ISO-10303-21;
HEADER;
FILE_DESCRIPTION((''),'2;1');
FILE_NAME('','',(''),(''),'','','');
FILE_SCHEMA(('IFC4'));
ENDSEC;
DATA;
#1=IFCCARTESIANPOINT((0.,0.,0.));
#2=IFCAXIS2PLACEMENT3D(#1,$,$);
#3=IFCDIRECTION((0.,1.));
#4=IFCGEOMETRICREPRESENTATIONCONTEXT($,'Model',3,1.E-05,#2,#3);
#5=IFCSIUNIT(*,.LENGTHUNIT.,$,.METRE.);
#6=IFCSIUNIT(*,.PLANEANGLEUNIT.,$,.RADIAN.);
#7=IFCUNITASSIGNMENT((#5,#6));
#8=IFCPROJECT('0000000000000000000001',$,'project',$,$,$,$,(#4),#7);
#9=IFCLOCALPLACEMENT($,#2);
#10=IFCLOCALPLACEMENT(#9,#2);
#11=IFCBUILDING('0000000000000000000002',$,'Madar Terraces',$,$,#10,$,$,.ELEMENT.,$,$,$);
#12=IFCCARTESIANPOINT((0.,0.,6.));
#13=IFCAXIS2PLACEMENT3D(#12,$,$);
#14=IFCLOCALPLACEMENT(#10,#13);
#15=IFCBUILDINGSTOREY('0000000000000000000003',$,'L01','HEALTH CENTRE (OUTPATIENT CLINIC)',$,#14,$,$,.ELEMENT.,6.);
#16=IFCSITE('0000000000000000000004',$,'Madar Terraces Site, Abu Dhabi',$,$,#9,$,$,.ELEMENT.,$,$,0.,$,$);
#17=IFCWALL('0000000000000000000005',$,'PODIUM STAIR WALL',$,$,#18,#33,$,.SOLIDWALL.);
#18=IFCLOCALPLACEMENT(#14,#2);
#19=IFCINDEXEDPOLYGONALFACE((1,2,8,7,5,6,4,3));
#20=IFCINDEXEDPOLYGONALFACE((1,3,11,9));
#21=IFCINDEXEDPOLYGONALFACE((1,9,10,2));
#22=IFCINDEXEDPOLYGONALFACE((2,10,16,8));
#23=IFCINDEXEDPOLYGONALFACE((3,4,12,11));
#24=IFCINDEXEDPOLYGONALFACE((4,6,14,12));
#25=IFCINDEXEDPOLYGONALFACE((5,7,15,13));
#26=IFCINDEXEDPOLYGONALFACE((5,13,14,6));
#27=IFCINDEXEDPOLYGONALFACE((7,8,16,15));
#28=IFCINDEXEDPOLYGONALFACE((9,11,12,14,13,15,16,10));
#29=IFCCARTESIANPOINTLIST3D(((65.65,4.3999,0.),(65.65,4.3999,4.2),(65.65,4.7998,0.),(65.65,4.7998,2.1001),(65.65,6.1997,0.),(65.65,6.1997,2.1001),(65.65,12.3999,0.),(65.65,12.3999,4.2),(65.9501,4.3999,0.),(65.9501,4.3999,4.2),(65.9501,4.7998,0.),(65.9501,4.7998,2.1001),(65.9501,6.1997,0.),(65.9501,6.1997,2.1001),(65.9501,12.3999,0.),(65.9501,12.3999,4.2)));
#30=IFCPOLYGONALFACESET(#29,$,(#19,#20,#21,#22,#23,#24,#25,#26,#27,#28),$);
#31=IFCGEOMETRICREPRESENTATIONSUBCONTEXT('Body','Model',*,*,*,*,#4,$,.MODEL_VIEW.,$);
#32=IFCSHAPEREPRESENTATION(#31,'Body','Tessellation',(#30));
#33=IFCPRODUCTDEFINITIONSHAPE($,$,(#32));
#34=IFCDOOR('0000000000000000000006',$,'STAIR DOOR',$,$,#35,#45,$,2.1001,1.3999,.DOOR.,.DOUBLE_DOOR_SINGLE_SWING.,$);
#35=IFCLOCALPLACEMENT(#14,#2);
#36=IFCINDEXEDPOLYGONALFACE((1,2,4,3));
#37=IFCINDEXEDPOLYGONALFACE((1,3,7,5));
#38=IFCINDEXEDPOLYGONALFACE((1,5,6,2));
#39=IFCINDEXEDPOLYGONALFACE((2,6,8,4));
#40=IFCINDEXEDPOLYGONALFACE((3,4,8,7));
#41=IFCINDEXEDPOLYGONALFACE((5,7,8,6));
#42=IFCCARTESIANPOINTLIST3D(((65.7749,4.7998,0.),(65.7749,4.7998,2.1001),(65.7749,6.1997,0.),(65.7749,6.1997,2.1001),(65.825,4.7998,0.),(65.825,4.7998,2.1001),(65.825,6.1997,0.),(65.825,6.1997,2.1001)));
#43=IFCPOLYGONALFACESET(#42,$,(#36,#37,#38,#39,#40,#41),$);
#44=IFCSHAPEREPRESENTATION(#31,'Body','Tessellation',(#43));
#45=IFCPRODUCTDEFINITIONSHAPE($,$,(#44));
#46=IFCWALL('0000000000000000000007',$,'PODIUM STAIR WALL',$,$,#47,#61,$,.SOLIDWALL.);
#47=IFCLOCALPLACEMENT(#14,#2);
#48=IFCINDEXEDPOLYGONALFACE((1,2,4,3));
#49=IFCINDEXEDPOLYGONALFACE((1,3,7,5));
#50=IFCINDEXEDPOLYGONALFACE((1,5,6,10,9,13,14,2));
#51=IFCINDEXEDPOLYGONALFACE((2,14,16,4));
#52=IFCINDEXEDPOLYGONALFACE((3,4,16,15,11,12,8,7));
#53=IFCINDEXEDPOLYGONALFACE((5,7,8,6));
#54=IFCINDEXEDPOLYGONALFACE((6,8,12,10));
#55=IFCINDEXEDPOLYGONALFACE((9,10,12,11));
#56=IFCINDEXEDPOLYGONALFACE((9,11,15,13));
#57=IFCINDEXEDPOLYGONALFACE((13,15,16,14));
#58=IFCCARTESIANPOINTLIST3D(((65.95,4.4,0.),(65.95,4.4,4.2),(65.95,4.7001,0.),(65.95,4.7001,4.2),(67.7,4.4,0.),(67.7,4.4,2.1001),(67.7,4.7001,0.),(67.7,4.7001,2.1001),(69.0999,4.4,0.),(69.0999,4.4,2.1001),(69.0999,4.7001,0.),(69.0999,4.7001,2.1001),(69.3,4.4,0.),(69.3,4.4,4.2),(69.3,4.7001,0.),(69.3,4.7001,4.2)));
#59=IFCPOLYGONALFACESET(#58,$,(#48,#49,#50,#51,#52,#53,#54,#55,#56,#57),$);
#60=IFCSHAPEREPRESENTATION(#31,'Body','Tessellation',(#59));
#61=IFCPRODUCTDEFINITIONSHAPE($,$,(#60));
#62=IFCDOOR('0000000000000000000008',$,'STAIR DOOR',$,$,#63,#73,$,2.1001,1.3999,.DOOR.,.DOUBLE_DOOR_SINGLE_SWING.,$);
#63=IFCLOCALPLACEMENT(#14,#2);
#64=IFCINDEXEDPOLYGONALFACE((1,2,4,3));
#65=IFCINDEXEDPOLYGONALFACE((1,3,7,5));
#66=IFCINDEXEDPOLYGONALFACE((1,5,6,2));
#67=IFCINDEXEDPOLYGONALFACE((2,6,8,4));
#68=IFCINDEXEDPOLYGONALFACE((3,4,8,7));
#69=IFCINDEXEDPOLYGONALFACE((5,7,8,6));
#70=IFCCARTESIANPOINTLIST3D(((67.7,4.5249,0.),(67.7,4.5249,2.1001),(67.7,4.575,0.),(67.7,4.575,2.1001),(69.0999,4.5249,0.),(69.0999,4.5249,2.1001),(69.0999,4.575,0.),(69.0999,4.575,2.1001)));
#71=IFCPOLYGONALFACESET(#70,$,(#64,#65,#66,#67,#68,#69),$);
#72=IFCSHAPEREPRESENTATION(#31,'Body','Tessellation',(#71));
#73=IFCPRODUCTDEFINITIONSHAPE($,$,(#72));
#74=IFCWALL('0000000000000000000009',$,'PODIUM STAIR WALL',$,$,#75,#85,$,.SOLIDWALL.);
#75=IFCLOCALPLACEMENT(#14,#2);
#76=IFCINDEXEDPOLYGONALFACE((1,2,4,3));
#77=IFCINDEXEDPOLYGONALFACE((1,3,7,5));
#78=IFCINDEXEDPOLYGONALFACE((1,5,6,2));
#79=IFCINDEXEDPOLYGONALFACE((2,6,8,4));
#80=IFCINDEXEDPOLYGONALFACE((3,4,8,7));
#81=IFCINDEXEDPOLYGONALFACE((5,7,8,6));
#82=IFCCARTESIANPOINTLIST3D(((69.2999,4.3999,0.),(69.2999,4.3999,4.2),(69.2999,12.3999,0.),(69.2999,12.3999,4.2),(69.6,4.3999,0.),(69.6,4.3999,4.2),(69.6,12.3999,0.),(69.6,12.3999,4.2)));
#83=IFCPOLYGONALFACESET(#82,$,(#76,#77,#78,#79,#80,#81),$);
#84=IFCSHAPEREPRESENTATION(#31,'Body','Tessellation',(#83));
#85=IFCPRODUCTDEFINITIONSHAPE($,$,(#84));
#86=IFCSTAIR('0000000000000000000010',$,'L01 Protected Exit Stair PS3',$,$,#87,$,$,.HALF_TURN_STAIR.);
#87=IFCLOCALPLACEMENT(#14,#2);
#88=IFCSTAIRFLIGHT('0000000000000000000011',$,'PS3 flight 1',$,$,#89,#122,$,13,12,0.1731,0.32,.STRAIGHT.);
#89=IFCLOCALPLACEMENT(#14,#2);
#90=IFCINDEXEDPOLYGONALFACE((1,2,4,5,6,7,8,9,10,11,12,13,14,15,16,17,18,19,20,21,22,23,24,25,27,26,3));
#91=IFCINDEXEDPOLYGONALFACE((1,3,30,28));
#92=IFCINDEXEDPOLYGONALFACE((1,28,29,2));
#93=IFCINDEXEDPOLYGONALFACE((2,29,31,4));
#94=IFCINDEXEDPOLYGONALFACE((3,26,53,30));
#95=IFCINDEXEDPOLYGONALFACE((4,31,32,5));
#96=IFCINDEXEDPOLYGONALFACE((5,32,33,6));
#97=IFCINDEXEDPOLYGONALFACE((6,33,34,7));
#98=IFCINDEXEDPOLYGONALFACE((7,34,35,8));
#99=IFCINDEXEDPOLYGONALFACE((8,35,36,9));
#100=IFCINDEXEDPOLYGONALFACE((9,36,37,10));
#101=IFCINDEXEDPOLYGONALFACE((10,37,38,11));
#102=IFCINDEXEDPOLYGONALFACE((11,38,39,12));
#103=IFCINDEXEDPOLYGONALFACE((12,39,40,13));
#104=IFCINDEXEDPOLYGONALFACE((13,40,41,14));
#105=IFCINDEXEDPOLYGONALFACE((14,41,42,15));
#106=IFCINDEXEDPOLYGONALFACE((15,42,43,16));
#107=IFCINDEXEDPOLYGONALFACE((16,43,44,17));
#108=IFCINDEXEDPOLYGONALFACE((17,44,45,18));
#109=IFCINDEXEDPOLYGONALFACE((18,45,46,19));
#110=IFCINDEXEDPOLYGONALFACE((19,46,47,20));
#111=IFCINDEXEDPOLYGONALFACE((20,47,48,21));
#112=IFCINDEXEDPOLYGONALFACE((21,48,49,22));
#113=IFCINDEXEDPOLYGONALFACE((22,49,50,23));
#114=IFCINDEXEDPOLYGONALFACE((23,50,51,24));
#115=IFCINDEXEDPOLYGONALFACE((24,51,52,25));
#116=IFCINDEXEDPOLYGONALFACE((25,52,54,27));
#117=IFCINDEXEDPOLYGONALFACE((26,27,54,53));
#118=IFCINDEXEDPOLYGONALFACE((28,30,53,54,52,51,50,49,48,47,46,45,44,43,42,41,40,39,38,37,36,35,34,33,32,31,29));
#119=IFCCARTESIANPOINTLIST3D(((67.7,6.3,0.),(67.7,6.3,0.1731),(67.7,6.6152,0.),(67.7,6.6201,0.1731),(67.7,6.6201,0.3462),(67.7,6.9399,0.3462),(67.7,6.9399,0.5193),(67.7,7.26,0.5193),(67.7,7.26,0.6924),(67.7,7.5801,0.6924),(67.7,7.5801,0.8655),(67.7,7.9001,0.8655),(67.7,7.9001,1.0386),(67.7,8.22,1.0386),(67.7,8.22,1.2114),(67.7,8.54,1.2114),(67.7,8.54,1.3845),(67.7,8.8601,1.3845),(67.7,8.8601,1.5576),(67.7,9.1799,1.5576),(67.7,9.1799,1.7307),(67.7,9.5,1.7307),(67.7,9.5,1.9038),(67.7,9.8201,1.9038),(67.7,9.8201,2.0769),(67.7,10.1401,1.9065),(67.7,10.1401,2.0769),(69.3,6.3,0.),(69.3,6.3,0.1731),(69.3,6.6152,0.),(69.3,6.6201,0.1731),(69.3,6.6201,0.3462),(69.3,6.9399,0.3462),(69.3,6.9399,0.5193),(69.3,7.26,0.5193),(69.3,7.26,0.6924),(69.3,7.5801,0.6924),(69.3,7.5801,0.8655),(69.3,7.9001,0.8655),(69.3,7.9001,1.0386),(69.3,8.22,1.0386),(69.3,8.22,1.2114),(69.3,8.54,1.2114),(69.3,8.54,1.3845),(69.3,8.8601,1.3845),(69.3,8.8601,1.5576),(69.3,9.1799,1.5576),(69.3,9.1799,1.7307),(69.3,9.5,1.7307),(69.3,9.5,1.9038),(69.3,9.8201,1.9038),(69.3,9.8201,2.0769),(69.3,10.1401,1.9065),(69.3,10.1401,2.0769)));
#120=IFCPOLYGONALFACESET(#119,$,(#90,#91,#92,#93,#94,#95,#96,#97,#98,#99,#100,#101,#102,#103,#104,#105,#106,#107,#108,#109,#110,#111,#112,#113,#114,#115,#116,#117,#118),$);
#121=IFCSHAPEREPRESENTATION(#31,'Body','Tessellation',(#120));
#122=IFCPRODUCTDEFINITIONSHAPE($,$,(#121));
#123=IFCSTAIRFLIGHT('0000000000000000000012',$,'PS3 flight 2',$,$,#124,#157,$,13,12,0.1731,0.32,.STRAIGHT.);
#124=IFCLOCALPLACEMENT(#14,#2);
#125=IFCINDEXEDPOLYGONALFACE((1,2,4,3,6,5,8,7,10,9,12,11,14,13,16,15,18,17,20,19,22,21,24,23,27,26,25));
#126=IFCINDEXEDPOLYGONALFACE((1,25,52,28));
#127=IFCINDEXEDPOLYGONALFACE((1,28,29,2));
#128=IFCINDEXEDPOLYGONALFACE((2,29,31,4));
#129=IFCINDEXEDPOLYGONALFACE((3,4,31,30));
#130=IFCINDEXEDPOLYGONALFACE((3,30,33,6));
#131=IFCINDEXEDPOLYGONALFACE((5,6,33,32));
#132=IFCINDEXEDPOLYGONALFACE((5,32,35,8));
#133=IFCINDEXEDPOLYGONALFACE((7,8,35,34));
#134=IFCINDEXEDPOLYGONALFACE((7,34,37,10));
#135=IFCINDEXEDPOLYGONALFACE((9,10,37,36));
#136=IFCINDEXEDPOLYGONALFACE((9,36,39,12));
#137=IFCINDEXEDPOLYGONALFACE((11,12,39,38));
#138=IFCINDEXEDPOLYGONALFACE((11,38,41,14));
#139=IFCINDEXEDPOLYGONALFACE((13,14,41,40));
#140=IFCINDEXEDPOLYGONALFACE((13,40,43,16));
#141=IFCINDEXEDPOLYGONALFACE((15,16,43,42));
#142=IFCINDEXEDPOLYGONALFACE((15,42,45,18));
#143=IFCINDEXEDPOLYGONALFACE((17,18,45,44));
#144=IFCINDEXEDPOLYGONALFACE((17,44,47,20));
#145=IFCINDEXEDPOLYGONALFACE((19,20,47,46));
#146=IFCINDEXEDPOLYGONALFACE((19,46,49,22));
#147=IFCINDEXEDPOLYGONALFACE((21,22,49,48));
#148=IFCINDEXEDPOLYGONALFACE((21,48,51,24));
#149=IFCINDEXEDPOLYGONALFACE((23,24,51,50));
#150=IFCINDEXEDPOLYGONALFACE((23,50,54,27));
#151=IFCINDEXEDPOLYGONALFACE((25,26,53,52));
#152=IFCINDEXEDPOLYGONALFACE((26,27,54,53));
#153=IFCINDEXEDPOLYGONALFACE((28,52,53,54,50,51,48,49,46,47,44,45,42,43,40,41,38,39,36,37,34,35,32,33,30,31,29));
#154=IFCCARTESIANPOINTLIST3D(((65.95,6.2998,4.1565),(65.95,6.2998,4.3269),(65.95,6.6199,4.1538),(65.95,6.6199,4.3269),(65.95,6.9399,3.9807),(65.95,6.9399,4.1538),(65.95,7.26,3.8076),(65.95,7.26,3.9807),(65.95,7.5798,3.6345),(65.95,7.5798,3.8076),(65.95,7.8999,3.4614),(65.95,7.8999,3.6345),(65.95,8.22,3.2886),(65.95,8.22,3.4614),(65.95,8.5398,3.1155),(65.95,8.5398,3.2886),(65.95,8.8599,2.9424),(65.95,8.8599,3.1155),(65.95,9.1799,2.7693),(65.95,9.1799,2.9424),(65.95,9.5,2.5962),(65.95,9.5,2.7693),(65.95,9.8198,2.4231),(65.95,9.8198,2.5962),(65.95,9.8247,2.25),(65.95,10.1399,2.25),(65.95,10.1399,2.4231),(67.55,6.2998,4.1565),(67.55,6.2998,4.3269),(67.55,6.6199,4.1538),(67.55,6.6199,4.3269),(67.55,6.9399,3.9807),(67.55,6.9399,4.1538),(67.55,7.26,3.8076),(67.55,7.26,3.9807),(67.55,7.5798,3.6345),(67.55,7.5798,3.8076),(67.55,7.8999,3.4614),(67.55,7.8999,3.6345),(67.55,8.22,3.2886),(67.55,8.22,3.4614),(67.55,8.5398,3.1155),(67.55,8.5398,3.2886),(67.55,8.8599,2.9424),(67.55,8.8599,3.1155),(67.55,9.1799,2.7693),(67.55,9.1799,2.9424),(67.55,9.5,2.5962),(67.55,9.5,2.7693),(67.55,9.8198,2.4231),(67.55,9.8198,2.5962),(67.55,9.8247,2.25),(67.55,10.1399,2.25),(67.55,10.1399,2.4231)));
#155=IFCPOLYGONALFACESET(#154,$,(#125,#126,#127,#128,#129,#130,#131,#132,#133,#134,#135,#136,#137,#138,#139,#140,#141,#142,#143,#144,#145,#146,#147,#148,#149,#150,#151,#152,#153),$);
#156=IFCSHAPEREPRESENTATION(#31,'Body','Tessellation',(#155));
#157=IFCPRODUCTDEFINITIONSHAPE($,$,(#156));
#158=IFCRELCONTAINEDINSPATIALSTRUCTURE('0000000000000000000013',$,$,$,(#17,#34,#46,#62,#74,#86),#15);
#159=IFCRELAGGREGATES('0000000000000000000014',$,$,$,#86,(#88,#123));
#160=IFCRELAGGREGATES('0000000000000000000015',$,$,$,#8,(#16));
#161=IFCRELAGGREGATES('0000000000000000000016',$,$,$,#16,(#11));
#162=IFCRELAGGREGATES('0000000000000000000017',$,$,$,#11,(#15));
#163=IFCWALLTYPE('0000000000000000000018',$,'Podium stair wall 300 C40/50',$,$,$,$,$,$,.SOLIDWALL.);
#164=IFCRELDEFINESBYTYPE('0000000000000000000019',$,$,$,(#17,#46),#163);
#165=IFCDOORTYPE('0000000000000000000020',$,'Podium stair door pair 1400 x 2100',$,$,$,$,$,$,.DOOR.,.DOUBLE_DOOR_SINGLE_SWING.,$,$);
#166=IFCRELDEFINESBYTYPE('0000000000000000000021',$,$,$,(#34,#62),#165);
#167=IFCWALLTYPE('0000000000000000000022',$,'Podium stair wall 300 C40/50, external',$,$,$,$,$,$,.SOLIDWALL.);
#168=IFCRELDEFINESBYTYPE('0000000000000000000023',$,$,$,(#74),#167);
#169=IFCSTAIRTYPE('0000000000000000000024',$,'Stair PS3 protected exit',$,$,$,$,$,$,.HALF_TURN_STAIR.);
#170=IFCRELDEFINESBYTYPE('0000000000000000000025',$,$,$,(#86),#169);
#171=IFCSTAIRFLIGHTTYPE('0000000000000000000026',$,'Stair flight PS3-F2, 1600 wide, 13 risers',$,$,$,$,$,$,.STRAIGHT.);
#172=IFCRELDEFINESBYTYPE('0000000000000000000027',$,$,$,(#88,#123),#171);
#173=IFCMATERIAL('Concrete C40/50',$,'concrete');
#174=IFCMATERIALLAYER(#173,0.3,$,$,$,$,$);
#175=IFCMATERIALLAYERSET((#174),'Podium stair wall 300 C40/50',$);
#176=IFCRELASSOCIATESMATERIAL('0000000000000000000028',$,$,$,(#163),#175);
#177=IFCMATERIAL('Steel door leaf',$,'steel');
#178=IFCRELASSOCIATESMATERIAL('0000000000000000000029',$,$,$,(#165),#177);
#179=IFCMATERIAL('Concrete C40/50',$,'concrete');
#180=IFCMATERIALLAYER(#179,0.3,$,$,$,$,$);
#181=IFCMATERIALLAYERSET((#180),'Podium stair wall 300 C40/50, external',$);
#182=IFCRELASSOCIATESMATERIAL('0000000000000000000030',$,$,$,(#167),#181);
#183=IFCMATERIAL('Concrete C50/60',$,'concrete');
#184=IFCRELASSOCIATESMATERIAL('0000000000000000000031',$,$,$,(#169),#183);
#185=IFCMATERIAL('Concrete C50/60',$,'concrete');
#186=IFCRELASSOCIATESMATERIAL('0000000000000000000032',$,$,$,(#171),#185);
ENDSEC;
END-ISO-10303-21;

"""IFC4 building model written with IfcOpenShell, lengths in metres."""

from ifc_helpers import new_model, si_unit, direction, frame, frame_2d, origin, place, context, subcontext, project, spatial, polyline, rectangle, outline, extrude, material, layer, layer_set, type_object, element, fill, aggregate, save


model = new_model("IFC4")

# Units and contexts
model_context = context("Model", 3, precision=1e-05, world=origin(), true_north=direction((0.0, 1.0)))
body_context = subcontext(model_context, "Body", "Model", "MODEL_VIEW")
ifc_project = project(units=[si_unit("LENGTHUNIT", "METRE"), si_unit("PLANEANGLEUNIT", "RADIAN")], contexts=[model_context])

# Site, building, storey
site_placement = place(None, origin())
site = spatial("IfcSite", under=ifc_project, at=site_placement, Name="Madar Terraces Site, Abu Dhabi", CompositionType="ELEMENT", RefElevation=0.0)
building_placement = place(site_placement, origin())
building = spatial("IfcBuilding", under=site, at=building_placement, Name="Madar Terraces", CompositionType="ELEMENT")
storey_placement = place(building_placement, frame((0.0, 0.0, 6.0)))
storey = spatial("IfcBuildingStorey", under=building, at=storey_placement, Name="L01", Description="HEALTH CENTRE (OUTPATIENT CLINIC)", CompositionType="ELEMENT", Elevation=6.0)

# Walls, openings, doors
ifc_material_1 = material(Name="Concrete C40/50", Category="concrete")
ifc_layer_1 = layer(ifc_material_1, 0.3)
ifc_layer_set_1 = layer_set([ifc_layer_1], Name="Podium stair wall 300 C40/50")
wall_type_1 = type_object("IfcWallType", Name="Podium stair wall 300 C40/50", PredefinedType="SOLIDWALL", material=ifc_layer_set_1)
wall_1_placement = place(storey_placement, frame((65.8, 4.3999, 0.0), z_axis=(0.0, 0.0, 1.0), x_axis=(0.0, 1.0, 0.0)))
wall_1 = element("IfcWall", 1, at=wall_1_placement, inside=storey, type_object=wall_type_1, Name="PODIUM STAIR WALL", PredefinedType="SOLIDWALL", context=body_context, shape_type="SweptSolid", body=[
    extrude(rectangle(XDim=8.0, YDim=0.3, at=frame_2d((4.0, 0.0))), origin(), (0.0, 0.0, 1.0), 4.2),
])
opening_1_placement = place(wall_1_placement, frame((0.3999, 0.0, 0.0)))
opening_1 = element("IfcOpeningElement", 2, at=opening_1_placement, cuts=wall_1, PredefinedType="OPENING", context=body_context, shape_type="SweptSolid", body=[
    extrude(rectangle(XDim=1.3999, YDim=2.1001, at=frame_2d((0.7, 1.05))), frame((0.0, 0.1599, 0.0), z_axis=(0.0, -1.0, 0.0), x_axis=(1.0, 0.0, 0.0)), (0.0, 0.0, 1.0), 0.3201),
])
ifc_material_2 = material(Name="Steel door leaf", Category="steel")
door_type_1 = type_object("IfcDoorType", Name="Podium stair door pair 1400 x 2100", OperationType="DOUBLE_DOOR_SINGLE_SWING", PredefinedType="DOOR", material=ifc_material_2)
door_1_placement = place(opening_1_placement, frame((1.3999, 0.0, 0.0), z_axis=(0.0, 0.0, 1.0), x_axis=(-1.0, 0.0, 0.0)))
door_1 = element("IfcDoor", 3, at=door_1_placement, inside=storey, type_object=door_type_1, Name="STAIR DOOR", OperationType="DOUBLE_DOOR_SINGLE_SWING", OverallHeight=2.1001, OverallWidth=1.3999, PredefinedType="DOOR", context=body_context, shape_type="SweptSolid", body=[
    extrude(rectangle(XDim=1.3999, YDim=2.1001, at=frame_2d((0.7, 1.05))), frame((0.0, 0.0249, 0.0), z_axis=(0.0, -1.0, 0.0), x_axis=(1.0, 0.0, 0.0)), (0.0, 0.0, 1.0), 0.05),
])
fill(opening_1, door_1)
wall_2_placement = place(storey_placement, frame((65.95, 4.55, 0.0), z_axis=(0.0, 0.0, 1.0), x_axis=(1.0, 0.0, 0.0)))
wall_2 = element("IfcWall", 4, at=wall_2_placement, inside=storey, type_object=wall_type_1, Name="PODIUM STAIR WALL", PredefinedType="SOLIDWALL", context=body_context, shape_type="SweptSolid", body=[
    extrude(rectangle(XDim=3.3501, YDim=0.3, at=frame_2d((1.675, 0.0))), origin(), (0.0, 0.0, 1.0), 4.2),
])
opening_2_placement = place(wall_2_placement, frame((1.75, 0.0, 0.0)))
opening_2 = element("IfcOpeningElement", 5, at=opening_2_placement, cuts=wall_2, PredefinedType="OPENING", context=body_context, shape_type="SweptSolid", body=[
    extrude(rectangle(XDim=1.3999, YDim=2.1001, at=frame_2d((0.7, 1.05))), frame((0.0, 0.1599, 0.0), z_axis=(0.0, -1.0, 0.0), x_axis=(1.0, 0.0, 0.0)), (0.0, 0.0, 1.0), 0.3201),
])
door_2_placement = place(opening_2_placement, origin())
door_2 = element("IfcDoor", 6, at=door_2_placement, inside=storey, type_object=door_type_1, Name="STAIR DOOR", OperationType="DOUBLE_DOOR_SINGLE_SWING", OverallHeight=2.1001, OverallWidth=1.3999, PredefinedType="DOOR", context=body_context, shape_type="SweptSolid", body=[
    extrude(rectangle(XDim=1.3999, YDim=2.1001, at=frame_2d((0.7, 1.05))), frame((0.0, 0.0249, 0.0), z_axis=(0.0, -1.0, 0.0), x_axis=(1.0, 0.0, 0.0)), (0.0, 0.0, 1.0), 0.05),
])
fill(opening_2, door_2)

# Wall
ifc_material_3 = material(Name="Concrete C40/50", Category="concrete")
ifc_layer_2 = layer(ifc_material_3, 0.3)
ifc_layer_set_2 = layer_set([ifc_layer_2], Name="Podium stair wall 300 C40/50, external")
wall_type_2 = type_object("IfcWallType", Name="Podium stair wall 300 C40/50, external", PredefinedType="SOLIDWALL", material=ifc_layer_set_2)
wall_3_placement = place(storey_placement, frame((69.45, 4.3999, 0.0), z_axis=(0.0, 0.0, 1.0), x_axis=(0.0, 1.0, 0.0)))
element("IfcWall", 7, at=wall_3_placement, inside=storey, type_object=wall_type_2, Name="PODIUM STAIR WALL", PredefinedType="SOLIDWALL", context=body_context, shape_type="SweptSolid", body=[
    extrude(rectangle(XDim=8.0, YDim=0.3, at=frame_2d((4.0, 0.0))), origin(), (0.0, 0.0, 1.0), 4.2),
])

# Stair, stair flights
ifc_material_4 = material(Name="Concrete C50/60", Category="concrete")
stair_type = type_object("IfcStairType", Name="Stair PS3 protected exit", PredefinedType="HALF_TURN_STAIR", material=ifc_material_4)
stair_placement = place(storey_placement, origin())
stair = element("IfcStair", 8, at=stair_placement, inside=storey, type_object=stair_type, Name="L01 Protected Exit Stair PS3", PredefinedType="HALF_TURN_STAIR")
ifc_material_5 = material(Name="Concrete C50/60", Category="concrete")
stair_flight_type = type_object("IfcStairFlightType", Name="Stair flight PS3-F2, 1600 wide, 13 risers", PredefinedType="STRAIGHT", material=ifc_material_5)
stair_flight_1_placement = place(storey_placement, frame((68.5, 6.3, 0.0), z_axis=(0.0, 0.0, 1.0), x_axis=(0.0, 1.0, 0.0)))
stair_flight_1 = element("IfcStairFlight", 9, at=stair_flight_1_placement, type_object=stair_flight_type, Name="PS3 flight 1", NumberOfRisers=13, NumberOfTreads=12, PredefinedType="STRAIGHT", RiserHeight=0.1731, TreadLength=0.32, context=body_context, shape_type="SweptSolid", body=[
    extrude(outline(polyline([(0.0, 0.0), (0.0, 0.1731), (0.3201, 0.1731), (0.3201, 0.3462), (0.6399, 0.3462), (0.6399, 0.5193), (0.96, 0.5193), (0.96, 0.6924), (1.28, 0.6924), (1.28, 0.8655), (1.6001, 0.8655), (1.6001, 1.0386), (1.9199, 1.0386), (1.9199, 1.2114), (2.24, 1.2114), (2.24, 1.3845), (2.5601, 1.3845), (2.5601, 1.5576), (2.8799, 1.5576), (2.8799, 1.7307), (3.2, 1.7307), (3.2, 1.9038), (3.52, 1.9038), (3.52, 2.0769), (3.8401, 2.0769), (3.8401, 2.25), (3.8401, 1.9065), (0.3152, 0.0), (0.0, 0.0)])), frame((0.0, 0.8, 0.0), z_axis=(0.0, -1.0, 0.0), x_axis=(1.0, 0.0, 0.0)), (0.0, 0.0, 1.0), 1.6001),
])
stair_flight_2_placement = place(storey_placement, frame((66.75, 10.1399, 2.25), z_axis=(0.0, 0.0, 1.0), x_axis=(0.0, -1.0, 0.0)))
stair_flight_2 = element("IfcStairFlight", 10, at=stair_flight_2_placement, type_object=stair_flight_type, Name="PS3 flight 2", NumberOfRisers=13, NumberOfTreads=12, PredefinedType="STRAIGHT", RiserHeight=0.1731, TreadLength=0.32, context=body_context, shape_type="SweptSolid", body=[
    extrude(outline(polyline([(0.0, 0.0), (0.0, 0.1731), (0.3201, 0.1731), (0.3201, 0.3462), (0.6399, 0.3462), (0.6399, 0.5193), (0.96, 0.5193), (0.96, 0.6924), (1.28, 0.6924), (1.28, 0.8655), (1.6001, 0.8655), (1.6001, 1.0386), (1.9199, 1.0386), (1.9199, 1.2114), (2.24, 1.2114), (2.24, 1.3845), (2.5601, 1.3845), (2.5601, 1.5576), (2.8799, 1.5576), (2.8799, 1.7307), (3.2, 1.7307), (3.2, 1.9038), (3.52, 1.9038), (3.52, 2.0769), (3.8401, 2.0769), (3.8401, 2.25), (3.8401, 1.9065), (0.3152, 0.0), (0.0, 0.0)])), frame((0.0, 0.8, 0.0), z_axis=(0.0, -1.0, 0.0), x_axis=(1.0, 0.0, 0.0)), (0.0, 0.0, 1.0), 1.6001),
])
aggregate(stair, [stair_flight_1, stair_flight_2])

save(model, "model.ifc")
